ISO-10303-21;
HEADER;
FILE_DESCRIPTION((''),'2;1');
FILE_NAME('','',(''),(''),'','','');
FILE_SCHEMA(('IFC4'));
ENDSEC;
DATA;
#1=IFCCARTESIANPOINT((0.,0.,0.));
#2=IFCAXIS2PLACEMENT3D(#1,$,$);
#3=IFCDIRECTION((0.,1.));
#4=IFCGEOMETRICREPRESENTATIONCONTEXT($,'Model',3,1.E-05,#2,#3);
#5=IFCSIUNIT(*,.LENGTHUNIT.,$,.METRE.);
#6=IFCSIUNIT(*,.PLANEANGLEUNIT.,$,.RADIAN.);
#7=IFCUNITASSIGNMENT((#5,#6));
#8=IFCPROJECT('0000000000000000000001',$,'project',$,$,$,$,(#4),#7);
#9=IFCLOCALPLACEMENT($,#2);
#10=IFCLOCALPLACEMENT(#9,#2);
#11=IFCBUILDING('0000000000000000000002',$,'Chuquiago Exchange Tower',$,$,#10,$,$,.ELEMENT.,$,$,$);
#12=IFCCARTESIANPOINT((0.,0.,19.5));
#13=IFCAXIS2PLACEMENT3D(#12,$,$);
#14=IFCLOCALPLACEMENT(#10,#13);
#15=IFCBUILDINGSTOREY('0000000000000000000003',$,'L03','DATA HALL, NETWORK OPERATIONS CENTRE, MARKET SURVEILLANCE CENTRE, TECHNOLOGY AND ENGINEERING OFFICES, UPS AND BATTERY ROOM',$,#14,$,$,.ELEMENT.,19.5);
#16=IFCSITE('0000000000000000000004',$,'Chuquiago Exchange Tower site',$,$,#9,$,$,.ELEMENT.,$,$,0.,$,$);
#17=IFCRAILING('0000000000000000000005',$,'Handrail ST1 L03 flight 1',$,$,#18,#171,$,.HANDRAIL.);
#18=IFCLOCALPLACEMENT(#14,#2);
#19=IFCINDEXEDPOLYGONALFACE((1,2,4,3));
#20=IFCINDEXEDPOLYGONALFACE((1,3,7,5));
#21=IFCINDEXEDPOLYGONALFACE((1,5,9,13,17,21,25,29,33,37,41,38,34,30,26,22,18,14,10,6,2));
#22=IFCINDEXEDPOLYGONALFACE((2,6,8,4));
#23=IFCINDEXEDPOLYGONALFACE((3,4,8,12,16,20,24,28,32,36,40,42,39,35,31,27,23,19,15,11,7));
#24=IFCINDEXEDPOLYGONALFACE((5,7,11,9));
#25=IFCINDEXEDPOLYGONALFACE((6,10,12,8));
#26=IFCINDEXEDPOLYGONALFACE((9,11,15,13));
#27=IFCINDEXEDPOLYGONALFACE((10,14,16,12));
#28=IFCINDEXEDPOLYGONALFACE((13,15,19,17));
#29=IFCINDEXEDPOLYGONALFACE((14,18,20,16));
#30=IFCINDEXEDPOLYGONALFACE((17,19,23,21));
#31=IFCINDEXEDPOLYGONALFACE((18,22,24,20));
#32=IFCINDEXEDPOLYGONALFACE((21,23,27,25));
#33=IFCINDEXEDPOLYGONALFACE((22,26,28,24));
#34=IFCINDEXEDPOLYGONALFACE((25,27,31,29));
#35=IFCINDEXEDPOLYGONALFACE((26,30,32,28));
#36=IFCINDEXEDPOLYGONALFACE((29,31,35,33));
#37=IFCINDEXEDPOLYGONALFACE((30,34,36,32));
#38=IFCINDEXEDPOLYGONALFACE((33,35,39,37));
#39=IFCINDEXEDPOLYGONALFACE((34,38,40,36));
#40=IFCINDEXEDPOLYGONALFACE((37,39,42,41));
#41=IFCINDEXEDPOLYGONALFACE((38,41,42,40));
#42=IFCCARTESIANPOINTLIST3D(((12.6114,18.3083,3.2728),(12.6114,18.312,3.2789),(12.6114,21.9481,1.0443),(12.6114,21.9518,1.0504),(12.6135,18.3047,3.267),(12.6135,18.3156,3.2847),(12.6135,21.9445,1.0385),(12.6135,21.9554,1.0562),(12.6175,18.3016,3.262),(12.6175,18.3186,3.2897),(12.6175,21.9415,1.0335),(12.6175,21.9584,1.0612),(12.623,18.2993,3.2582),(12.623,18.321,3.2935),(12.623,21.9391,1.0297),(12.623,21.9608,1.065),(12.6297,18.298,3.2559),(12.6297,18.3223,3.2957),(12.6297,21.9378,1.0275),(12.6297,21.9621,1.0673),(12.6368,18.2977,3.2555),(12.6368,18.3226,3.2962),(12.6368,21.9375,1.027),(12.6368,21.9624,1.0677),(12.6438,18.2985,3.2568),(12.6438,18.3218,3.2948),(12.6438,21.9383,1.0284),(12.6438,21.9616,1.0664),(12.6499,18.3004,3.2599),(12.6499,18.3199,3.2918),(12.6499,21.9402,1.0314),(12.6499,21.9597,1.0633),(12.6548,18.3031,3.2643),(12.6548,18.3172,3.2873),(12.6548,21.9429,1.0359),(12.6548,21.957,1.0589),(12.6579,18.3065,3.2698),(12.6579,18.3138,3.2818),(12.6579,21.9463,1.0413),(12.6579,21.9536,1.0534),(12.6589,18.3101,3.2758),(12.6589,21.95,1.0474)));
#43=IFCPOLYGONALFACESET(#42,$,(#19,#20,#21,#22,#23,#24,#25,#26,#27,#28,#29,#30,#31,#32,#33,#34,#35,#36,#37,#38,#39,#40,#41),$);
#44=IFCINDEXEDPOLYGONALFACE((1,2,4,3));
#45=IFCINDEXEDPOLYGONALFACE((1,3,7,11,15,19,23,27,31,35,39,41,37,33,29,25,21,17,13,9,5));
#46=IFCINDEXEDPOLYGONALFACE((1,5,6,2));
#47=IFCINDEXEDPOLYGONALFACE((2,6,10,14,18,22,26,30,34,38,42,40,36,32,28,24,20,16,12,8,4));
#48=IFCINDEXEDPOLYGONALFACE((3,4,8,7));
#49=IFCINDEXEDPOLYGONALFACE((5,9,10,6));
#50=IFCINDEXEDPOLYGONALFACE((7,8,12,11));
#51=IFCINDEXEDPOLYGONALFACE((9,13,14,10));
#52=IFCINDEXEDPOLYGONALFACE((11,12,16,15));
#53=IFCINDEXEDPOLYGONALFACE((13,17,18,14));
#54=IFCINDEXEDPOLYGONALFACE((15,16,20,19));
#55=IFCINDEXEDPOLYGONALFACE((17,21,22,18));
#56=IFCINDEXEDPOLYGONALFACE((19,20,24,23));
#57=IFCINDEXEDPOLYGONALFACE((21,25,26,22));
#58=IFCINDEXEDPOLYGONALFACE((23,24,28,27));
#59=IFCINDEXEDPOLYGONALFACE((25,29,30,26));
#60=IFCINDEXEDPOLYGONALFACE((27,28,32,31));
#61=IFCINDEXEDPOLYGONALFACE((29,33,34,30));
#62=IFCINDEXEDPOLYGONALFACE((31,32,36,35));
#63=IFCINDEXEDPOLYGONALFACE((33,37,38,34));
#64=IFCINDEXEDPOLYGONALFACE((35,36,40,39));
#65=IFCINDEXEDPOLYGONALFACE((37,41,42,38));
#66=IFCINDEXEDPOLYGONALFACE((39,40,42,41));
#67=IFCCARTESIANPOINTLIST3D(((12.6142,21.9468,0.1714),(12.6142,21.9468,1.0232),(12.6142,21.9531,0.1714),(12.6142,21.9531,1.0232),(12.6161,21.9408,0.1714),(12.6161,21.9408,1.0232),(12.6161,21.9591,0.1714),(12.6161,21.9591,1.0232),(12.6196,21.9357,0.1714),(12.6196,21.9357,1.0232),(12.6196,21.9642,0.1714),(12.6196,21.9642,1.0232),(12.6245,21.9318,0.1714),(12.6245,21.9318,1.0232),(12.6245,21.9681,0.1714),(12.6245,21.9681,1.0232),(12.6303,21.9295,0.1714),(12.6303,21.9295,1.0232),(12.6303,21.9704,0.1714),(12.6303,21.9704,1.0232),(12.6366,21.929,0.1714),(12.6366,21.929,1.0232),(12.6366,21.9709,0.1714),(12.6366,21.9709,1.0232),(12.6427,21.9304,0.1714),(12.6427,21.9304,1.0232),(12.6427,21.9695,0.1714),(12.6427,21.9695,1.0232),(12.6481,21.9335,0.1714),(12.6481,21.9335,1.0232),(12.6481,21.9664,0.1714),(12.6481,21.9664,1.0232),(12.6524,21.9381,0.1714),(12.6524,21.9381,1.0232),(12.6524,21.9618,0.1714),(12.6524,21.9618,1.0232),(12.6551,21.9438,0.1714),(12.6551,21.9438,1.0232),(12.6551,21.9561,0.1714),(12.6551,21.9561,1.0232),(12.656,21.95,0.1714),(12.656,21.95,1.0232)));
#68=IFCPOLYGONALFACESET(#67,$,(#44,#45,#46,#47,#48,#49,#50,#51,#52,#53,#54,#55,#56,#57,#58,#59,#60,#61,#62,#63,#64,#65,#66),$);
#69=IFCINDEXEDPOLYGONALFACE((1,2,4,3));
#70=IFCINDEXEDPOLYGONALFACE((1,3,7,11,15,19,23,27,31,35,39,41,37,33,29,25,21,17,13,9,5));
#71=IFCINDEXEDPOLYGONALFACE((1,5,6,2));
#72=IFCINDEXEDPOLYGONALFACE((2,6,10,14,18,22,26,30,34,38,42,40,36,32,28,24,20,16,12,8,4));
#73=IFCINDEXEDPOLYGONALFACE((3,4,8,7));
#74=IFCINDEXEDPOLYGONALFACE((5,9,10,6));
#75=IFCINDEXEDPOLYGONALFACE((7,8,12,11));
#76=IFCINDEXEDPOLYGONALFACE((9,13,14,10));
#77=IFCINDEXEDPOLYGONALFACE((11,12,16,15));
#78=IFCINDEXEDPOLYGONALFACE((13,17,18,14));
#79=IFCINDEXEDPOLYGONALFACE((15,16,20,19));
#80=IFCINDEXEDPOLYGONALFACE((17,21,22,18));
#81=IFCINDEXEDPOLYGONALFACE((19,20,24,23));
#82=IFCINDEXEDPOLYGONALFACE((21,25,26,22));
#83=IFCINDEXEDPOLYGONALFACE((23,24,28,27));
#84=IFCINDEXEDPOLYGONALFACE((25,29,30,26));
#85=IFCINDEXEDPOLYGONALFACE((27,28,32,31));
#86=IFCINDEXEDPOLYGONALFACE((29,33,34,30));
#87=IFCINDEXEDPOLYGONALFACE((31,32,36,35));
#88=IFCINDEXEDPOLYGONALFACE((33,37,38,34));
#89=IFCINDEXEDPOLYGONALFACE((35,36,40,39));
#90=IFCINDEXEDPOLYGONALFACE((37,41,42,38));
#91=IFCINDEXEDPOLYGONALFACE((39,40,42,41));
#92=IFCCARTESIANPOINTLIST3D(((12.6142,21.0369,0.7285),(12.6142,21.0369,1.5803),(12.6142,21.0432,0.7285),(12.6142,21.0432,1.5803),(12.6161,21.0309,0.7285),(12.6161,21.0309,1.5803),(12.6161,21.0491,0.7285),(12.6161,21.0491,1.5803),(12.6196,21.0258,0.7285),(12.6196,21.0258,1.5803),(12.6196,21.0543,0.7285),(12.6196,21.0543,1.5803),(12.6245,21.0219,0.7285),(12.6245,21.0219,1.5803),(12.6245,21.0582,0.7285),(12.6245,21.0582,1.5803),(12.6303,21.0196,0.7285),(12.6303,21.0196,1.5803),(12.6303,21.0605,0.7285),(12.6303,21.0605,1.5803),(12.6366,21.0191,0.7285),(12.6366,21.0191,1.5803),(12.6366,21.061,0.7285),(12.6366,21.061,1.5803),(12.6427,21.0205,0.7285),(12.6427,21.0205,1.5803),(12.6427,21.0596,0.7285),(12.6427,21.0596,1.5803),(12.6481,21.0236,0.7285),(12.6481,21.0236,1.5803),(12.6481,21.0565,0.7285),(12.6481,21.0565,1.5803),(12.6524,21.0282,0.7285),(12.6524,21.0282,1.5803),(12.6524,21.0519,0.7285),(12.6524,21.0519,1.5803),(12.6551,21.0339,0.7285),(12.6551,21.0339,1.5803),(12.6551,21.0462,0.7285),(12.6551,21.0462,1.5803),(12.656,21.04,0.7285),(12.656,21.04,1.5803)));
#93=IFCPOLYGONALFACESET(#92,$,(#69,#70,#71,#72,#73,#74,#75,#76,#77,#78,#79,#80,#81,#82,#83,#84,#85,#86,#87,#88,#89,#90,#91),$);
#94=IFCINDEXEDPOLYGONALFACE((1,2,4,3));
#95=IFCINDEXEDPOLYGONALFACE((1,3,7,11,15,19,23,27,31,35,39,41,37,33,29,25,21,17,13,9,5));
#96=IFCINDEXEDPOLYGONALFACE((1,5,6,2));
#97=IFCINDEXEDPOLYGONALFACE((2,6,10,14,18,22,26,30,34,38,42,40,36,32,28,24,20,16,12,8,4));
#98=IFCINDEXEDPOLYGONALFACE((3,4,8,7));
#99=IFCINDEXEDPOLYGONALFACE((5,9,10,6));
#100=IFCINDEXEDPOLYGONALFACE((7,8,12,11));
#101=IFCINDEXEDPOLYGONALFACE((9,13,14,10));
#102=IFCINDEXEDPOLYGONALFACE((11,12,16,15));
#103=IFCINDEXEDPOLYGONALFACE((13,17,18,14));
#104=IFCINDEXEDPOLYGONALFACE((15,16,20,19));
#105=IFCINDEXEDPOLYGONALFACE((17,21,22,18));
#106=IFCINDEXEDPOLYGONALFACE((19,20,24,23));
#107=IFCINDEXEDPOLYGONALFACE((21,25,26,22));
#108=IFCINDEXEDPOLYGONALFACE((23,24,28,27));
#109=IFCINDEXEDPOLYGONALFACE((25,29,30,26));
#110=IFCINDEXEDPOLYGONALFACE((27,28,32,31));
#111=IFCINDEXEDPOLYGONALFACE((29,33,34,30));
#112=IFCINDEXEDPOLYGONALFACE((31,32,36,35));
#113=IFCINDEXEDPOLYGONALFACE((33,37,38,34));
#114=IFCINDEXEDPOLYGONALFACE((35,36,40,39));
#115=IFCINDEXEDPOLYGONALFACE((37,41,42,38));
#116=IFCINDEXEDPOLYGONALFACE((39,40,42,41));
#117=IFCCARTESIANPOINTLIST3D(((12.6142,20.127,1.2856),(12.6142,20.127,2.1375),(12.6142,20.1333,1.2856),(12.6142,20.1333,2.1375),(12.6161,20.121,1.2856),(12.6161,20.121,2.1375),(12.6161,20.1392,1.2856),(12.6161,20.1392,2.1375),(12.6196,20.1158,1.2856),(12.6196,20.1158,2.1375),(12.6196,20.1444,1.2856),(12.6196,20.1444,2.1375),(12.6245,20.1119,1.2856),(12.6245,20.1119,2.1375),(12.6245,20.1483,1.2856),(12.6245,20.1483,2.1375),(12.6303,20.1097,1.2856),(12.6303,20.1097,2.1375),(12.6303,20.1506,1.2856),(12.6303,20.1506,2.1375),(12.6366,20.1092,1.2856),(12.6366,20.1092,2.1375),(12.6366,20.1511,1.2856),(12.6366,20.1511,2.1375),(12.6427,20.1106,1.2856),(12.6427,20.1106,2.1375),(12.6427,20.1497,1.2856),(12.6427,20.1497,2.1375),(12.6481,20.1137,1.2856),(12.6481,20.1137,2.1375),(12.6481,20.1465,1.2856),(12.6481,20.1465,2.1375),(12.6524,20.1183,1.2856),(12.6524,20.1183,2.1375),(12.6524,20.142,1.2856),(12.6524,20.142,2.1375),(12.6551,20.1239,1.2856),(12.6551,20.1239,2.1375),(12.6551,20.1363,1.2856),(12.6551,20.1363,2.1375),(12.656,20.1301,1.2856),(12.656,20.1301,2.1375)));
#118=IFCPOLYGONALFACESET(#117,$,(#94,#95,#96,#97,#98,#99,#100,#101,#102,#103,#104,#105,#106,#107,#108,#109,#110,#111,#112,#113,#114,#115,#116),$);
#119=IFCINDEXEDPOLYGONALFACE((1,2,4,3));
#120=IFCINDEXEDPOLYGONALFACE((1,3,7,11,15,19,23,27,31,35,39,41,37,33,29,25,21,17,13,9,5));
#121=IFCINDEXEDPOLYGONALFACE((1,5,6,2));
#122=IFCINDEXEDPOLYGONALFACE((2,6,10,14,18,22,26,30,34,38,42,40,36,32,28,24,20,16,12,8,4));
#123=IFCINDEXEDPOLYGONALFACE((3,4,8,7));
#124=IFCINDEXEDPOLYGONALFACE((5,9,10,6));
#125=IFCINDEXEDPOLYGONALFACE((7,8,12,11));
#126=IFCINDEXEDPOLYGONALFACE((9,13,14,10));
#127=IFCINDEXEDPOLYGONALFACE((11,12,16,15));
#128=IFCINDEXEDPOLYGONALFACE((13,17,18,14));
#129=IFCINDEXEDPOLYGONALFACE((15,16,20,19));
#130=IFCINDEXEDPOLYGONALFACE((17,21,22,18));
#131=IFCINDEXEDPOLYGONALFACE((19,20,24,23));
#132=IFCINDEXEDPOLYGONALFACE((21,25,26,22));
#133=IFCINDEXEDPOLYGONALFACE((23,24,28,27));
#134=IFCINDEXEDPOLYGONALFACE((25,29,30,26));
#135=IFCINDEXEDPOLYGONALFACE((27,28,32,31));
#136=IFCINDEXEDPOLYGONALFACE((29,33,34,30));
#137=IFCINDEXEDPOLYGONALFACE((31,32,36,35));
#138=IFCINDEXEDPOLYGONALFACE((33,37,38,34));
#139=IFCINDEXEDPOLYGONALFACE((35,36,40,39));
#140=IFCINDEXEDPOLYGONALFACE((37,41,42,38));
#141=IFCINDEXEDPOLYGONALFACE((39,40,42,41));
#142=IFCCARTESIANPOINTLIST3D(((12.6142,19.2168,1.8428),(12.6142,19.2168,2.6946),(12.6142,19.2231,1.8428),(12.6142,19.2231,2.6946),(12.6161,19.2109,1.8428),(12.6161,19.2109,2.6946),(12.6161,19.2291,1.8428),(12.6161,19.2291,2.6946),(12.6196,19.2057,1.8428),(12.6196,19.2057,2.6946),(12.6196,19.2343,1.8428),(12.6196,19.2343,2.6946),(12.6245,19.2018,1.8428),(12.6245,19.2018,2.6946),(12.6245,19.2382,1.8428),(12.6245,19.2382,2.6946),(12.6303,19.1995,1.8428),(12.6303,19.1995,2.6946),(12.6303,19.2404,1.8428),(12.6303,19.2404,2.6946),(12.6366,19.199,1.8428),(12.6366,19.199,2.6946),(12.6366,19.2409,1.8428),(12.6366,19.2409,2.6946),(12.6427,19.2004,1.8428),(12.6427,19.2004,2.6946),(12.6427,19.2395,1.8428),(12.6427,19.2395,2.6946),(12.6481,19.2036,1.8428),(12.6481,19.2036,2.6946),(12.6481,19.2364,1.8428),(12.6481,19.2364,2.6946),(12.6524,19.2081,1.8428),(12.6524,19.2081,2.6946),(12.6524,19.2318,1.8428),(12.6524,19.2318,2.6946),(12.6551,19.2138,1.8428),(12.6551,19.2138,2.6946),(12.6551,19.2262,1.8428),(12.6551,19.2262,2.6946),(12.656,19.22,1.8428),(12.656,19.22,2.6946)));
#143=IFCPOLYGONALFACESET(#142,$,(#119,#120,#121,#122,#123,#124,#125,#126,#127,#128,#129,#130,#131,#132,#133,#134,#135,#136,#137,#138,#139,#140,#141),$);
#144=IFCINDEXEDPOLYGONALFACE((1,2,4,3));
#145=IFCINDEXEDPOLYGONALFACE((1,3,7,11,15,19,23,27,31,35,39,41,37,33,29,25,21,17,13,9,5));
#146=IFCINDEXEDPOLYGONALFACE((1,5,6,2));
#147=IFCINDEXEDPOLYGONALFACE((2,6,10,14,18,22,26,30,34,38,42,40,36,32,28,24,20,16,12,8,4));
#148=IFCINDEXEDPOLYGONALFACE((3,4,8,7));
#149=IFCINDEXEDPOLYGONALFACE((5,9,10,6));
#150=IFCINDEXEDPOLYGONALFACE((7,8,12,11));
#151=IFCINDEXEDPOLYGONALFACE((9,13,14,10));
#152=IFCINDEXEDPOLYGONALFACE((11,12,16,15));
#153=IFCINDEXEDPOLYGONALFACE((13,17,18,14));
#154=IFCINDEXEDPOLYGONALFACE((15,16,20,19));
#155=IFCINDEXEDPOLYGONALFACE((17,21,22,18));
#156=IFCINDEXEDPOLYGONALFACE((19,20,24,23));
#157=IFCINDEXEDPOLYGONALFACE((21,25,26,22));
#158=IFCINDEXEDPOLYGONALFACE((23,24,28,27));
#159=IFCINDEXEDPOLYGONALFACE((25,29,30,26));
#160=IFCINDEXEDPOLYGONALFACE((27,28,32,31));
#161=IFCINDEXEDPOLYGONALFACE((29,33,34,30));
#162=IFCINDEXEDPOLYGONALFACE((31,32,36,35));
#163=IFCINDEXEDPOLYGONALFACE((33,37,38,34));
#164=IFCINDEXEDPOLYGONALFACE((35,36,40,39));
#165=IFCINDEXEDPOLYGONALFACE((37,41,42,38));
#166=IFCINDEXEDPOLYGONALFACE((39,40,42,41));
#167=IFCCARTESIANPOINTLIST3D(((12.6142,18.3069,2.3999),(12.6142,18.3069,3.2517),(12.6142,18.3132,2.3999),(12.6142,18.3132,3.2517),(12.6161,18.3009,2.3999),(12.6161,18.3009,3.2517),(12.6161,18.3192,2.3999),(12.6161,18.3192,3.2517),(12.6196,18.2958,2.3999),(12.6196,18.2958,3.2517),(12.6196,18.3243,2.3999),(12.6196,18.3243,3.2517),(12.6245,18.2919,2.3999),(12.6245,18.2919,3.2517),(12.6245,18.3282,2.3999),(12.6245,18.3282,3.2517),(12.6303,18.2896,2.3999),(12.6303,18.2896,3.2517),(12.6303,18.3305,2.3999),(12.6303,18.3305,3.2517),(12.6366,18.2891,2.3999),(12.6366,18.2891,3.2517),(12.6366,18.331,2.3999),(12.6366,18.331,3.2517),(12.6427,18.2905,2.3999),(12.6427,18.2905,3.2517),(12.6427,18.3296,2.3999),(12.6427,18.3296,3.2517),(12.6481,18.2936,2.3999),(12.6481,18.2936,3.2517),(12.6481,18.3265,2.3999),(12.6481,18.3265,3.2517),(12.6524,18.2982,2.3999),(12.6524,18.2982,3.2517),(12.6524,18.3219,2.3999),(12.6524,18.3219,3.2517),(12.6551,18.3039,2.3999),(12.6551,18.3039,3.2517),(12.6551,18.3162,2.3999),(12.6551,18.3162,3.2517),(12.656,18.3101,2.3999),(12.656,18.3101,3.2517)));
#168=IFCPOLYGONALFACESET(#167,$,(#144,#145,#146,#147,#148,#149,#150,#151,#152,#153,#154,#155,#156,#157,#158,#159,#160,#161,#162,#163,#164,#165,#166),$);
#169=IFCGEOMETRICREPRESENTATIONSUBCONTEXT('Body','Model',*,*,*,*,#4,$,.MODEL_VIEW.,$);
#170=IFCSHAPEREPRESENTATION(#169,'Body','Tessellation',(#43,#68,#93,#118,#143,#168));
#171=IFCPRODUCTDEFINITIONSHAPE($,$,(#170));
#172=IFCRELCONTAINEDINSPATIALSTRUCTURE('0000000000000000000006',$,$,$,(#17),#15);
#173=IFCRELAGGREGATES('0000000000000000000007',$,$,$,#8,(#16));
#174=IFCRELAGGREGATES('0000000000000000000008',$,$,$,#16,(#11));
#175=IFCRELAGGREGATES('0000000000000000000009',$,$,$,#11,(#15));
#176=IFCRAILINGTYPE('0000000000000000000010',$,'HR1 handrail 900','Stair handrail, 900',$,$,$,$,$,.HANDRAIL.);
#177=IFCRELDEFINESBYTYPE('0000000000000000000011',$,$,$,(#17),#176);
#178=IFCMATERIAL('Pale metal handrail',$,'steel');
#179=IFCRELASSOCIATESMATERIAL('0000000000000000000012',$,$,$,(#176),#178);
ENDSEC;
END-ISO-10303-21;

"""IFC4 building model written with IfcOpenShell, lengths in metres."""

from ifc_helpers import new_model, si_unit, direction, frame, origin, origin_2d, place, context, subcontext, project, spatial, circle, extrude, material, type_object, element, save


model = new_model("IFC4")

# Units and contexts
model_context = context("Model", 3, precision=1e-05, world=origin(), true_north=direction((0.0, 1.0)))
body_context = subcontext(model_context, "Body", "Model", "MODEL_VIEW")
ifc_project = project(units=[si_unit("LENGTHUNIT", "METRE"), si_unit("PLANEANGLEUNIT", "RADIAN")], contexts=[model_context])

# Site, building, storey
site_placement = place(None, origin())
site = spatial("IfcSite", under=ifc_project, at=site_placement, Name="Chuquiago Exchange Tower site", CompositionType="ELEMENT", RefElevation=0.0)
building_placement = place(site_placement, origin())
building = spatial("IfcBuilding", under=site, at=building_placement, Name="Chuquiago Exchange Tower", CompositionType="ELEMENT")
storey_placement = place(building_placement, frame((0.0, 0.0, 19.5)))
storey = spatial("IfcBuildingStorey", under=building, at=storey_placement, Name="L03", Description="DATA HALL, NETWORK OPERATIONS CENTRE, MARKET SURVEILLANCE CENTRE, TECHNOLOGY AND ENGINEERING OFFICES, UPS AND BATTERY ROOM", CompositionType="ELEMENT", Elevation=19.5)

# Railing
ifc_material_1 = material(Name="Pale metal handrail", Category="steel")
railing_type = type_object("IfcRailingType", Name="HR1 handrail 900", Description="Stair handrail, 900", PredefinedType="HANDRAIL", material=ifc_material_1)
for number, where, name in (
    (1, (12.635, 21.95, 0.1714), "Handrail ST1 L03 flight 1"),
):
    element("IfcRailing", number, at=place(storey_placement, frame(where)), inside=storey, type_object=railing_type, Name=name, PredefinedType="HANDRAIL", context=body_context, shape_type="SweptSolid", body=[
        extrude(circle(Radius=0.0239, at=origin_2d()), frame((0.0, 0.0, 0.876), z_axis=(0.0, -0.85285, 0.522156), x_axis=(1.0, 0.0, 0.0)), (0.0, 0.0, 1.0), 4.2678),
        extrude(circle(Radius=0.021, at=origin_2d()), origin(), (0.0, 0.0, 1.0), 0.8518),
        extrude(circle(Radius=0.021, at=origin_2d()), frame((0.0, -0.9099, 0.5571)), (0.0, 0.0, 1.0), 0.8518),
        extrude(circle(Radius=0.021, at=origin_2d()), frame((0.0, -1.8198, 1.1143)), (0.0, 0.0, 1.0), 0.8518),
        extrude(circle(Radius=0.021, at=origin_2d()), frame((0.0, -2.73, 1.6714)), (0.0, 0.0, 1.0), 0.8518),
        extrude(circle(Radius=0.021, at=origin_2d()), frame((0.0, -3.6399, 2.2285)), (0.0, 0.0, 1.0), 0.8518),
    ])

save(model, "model.ifc")
